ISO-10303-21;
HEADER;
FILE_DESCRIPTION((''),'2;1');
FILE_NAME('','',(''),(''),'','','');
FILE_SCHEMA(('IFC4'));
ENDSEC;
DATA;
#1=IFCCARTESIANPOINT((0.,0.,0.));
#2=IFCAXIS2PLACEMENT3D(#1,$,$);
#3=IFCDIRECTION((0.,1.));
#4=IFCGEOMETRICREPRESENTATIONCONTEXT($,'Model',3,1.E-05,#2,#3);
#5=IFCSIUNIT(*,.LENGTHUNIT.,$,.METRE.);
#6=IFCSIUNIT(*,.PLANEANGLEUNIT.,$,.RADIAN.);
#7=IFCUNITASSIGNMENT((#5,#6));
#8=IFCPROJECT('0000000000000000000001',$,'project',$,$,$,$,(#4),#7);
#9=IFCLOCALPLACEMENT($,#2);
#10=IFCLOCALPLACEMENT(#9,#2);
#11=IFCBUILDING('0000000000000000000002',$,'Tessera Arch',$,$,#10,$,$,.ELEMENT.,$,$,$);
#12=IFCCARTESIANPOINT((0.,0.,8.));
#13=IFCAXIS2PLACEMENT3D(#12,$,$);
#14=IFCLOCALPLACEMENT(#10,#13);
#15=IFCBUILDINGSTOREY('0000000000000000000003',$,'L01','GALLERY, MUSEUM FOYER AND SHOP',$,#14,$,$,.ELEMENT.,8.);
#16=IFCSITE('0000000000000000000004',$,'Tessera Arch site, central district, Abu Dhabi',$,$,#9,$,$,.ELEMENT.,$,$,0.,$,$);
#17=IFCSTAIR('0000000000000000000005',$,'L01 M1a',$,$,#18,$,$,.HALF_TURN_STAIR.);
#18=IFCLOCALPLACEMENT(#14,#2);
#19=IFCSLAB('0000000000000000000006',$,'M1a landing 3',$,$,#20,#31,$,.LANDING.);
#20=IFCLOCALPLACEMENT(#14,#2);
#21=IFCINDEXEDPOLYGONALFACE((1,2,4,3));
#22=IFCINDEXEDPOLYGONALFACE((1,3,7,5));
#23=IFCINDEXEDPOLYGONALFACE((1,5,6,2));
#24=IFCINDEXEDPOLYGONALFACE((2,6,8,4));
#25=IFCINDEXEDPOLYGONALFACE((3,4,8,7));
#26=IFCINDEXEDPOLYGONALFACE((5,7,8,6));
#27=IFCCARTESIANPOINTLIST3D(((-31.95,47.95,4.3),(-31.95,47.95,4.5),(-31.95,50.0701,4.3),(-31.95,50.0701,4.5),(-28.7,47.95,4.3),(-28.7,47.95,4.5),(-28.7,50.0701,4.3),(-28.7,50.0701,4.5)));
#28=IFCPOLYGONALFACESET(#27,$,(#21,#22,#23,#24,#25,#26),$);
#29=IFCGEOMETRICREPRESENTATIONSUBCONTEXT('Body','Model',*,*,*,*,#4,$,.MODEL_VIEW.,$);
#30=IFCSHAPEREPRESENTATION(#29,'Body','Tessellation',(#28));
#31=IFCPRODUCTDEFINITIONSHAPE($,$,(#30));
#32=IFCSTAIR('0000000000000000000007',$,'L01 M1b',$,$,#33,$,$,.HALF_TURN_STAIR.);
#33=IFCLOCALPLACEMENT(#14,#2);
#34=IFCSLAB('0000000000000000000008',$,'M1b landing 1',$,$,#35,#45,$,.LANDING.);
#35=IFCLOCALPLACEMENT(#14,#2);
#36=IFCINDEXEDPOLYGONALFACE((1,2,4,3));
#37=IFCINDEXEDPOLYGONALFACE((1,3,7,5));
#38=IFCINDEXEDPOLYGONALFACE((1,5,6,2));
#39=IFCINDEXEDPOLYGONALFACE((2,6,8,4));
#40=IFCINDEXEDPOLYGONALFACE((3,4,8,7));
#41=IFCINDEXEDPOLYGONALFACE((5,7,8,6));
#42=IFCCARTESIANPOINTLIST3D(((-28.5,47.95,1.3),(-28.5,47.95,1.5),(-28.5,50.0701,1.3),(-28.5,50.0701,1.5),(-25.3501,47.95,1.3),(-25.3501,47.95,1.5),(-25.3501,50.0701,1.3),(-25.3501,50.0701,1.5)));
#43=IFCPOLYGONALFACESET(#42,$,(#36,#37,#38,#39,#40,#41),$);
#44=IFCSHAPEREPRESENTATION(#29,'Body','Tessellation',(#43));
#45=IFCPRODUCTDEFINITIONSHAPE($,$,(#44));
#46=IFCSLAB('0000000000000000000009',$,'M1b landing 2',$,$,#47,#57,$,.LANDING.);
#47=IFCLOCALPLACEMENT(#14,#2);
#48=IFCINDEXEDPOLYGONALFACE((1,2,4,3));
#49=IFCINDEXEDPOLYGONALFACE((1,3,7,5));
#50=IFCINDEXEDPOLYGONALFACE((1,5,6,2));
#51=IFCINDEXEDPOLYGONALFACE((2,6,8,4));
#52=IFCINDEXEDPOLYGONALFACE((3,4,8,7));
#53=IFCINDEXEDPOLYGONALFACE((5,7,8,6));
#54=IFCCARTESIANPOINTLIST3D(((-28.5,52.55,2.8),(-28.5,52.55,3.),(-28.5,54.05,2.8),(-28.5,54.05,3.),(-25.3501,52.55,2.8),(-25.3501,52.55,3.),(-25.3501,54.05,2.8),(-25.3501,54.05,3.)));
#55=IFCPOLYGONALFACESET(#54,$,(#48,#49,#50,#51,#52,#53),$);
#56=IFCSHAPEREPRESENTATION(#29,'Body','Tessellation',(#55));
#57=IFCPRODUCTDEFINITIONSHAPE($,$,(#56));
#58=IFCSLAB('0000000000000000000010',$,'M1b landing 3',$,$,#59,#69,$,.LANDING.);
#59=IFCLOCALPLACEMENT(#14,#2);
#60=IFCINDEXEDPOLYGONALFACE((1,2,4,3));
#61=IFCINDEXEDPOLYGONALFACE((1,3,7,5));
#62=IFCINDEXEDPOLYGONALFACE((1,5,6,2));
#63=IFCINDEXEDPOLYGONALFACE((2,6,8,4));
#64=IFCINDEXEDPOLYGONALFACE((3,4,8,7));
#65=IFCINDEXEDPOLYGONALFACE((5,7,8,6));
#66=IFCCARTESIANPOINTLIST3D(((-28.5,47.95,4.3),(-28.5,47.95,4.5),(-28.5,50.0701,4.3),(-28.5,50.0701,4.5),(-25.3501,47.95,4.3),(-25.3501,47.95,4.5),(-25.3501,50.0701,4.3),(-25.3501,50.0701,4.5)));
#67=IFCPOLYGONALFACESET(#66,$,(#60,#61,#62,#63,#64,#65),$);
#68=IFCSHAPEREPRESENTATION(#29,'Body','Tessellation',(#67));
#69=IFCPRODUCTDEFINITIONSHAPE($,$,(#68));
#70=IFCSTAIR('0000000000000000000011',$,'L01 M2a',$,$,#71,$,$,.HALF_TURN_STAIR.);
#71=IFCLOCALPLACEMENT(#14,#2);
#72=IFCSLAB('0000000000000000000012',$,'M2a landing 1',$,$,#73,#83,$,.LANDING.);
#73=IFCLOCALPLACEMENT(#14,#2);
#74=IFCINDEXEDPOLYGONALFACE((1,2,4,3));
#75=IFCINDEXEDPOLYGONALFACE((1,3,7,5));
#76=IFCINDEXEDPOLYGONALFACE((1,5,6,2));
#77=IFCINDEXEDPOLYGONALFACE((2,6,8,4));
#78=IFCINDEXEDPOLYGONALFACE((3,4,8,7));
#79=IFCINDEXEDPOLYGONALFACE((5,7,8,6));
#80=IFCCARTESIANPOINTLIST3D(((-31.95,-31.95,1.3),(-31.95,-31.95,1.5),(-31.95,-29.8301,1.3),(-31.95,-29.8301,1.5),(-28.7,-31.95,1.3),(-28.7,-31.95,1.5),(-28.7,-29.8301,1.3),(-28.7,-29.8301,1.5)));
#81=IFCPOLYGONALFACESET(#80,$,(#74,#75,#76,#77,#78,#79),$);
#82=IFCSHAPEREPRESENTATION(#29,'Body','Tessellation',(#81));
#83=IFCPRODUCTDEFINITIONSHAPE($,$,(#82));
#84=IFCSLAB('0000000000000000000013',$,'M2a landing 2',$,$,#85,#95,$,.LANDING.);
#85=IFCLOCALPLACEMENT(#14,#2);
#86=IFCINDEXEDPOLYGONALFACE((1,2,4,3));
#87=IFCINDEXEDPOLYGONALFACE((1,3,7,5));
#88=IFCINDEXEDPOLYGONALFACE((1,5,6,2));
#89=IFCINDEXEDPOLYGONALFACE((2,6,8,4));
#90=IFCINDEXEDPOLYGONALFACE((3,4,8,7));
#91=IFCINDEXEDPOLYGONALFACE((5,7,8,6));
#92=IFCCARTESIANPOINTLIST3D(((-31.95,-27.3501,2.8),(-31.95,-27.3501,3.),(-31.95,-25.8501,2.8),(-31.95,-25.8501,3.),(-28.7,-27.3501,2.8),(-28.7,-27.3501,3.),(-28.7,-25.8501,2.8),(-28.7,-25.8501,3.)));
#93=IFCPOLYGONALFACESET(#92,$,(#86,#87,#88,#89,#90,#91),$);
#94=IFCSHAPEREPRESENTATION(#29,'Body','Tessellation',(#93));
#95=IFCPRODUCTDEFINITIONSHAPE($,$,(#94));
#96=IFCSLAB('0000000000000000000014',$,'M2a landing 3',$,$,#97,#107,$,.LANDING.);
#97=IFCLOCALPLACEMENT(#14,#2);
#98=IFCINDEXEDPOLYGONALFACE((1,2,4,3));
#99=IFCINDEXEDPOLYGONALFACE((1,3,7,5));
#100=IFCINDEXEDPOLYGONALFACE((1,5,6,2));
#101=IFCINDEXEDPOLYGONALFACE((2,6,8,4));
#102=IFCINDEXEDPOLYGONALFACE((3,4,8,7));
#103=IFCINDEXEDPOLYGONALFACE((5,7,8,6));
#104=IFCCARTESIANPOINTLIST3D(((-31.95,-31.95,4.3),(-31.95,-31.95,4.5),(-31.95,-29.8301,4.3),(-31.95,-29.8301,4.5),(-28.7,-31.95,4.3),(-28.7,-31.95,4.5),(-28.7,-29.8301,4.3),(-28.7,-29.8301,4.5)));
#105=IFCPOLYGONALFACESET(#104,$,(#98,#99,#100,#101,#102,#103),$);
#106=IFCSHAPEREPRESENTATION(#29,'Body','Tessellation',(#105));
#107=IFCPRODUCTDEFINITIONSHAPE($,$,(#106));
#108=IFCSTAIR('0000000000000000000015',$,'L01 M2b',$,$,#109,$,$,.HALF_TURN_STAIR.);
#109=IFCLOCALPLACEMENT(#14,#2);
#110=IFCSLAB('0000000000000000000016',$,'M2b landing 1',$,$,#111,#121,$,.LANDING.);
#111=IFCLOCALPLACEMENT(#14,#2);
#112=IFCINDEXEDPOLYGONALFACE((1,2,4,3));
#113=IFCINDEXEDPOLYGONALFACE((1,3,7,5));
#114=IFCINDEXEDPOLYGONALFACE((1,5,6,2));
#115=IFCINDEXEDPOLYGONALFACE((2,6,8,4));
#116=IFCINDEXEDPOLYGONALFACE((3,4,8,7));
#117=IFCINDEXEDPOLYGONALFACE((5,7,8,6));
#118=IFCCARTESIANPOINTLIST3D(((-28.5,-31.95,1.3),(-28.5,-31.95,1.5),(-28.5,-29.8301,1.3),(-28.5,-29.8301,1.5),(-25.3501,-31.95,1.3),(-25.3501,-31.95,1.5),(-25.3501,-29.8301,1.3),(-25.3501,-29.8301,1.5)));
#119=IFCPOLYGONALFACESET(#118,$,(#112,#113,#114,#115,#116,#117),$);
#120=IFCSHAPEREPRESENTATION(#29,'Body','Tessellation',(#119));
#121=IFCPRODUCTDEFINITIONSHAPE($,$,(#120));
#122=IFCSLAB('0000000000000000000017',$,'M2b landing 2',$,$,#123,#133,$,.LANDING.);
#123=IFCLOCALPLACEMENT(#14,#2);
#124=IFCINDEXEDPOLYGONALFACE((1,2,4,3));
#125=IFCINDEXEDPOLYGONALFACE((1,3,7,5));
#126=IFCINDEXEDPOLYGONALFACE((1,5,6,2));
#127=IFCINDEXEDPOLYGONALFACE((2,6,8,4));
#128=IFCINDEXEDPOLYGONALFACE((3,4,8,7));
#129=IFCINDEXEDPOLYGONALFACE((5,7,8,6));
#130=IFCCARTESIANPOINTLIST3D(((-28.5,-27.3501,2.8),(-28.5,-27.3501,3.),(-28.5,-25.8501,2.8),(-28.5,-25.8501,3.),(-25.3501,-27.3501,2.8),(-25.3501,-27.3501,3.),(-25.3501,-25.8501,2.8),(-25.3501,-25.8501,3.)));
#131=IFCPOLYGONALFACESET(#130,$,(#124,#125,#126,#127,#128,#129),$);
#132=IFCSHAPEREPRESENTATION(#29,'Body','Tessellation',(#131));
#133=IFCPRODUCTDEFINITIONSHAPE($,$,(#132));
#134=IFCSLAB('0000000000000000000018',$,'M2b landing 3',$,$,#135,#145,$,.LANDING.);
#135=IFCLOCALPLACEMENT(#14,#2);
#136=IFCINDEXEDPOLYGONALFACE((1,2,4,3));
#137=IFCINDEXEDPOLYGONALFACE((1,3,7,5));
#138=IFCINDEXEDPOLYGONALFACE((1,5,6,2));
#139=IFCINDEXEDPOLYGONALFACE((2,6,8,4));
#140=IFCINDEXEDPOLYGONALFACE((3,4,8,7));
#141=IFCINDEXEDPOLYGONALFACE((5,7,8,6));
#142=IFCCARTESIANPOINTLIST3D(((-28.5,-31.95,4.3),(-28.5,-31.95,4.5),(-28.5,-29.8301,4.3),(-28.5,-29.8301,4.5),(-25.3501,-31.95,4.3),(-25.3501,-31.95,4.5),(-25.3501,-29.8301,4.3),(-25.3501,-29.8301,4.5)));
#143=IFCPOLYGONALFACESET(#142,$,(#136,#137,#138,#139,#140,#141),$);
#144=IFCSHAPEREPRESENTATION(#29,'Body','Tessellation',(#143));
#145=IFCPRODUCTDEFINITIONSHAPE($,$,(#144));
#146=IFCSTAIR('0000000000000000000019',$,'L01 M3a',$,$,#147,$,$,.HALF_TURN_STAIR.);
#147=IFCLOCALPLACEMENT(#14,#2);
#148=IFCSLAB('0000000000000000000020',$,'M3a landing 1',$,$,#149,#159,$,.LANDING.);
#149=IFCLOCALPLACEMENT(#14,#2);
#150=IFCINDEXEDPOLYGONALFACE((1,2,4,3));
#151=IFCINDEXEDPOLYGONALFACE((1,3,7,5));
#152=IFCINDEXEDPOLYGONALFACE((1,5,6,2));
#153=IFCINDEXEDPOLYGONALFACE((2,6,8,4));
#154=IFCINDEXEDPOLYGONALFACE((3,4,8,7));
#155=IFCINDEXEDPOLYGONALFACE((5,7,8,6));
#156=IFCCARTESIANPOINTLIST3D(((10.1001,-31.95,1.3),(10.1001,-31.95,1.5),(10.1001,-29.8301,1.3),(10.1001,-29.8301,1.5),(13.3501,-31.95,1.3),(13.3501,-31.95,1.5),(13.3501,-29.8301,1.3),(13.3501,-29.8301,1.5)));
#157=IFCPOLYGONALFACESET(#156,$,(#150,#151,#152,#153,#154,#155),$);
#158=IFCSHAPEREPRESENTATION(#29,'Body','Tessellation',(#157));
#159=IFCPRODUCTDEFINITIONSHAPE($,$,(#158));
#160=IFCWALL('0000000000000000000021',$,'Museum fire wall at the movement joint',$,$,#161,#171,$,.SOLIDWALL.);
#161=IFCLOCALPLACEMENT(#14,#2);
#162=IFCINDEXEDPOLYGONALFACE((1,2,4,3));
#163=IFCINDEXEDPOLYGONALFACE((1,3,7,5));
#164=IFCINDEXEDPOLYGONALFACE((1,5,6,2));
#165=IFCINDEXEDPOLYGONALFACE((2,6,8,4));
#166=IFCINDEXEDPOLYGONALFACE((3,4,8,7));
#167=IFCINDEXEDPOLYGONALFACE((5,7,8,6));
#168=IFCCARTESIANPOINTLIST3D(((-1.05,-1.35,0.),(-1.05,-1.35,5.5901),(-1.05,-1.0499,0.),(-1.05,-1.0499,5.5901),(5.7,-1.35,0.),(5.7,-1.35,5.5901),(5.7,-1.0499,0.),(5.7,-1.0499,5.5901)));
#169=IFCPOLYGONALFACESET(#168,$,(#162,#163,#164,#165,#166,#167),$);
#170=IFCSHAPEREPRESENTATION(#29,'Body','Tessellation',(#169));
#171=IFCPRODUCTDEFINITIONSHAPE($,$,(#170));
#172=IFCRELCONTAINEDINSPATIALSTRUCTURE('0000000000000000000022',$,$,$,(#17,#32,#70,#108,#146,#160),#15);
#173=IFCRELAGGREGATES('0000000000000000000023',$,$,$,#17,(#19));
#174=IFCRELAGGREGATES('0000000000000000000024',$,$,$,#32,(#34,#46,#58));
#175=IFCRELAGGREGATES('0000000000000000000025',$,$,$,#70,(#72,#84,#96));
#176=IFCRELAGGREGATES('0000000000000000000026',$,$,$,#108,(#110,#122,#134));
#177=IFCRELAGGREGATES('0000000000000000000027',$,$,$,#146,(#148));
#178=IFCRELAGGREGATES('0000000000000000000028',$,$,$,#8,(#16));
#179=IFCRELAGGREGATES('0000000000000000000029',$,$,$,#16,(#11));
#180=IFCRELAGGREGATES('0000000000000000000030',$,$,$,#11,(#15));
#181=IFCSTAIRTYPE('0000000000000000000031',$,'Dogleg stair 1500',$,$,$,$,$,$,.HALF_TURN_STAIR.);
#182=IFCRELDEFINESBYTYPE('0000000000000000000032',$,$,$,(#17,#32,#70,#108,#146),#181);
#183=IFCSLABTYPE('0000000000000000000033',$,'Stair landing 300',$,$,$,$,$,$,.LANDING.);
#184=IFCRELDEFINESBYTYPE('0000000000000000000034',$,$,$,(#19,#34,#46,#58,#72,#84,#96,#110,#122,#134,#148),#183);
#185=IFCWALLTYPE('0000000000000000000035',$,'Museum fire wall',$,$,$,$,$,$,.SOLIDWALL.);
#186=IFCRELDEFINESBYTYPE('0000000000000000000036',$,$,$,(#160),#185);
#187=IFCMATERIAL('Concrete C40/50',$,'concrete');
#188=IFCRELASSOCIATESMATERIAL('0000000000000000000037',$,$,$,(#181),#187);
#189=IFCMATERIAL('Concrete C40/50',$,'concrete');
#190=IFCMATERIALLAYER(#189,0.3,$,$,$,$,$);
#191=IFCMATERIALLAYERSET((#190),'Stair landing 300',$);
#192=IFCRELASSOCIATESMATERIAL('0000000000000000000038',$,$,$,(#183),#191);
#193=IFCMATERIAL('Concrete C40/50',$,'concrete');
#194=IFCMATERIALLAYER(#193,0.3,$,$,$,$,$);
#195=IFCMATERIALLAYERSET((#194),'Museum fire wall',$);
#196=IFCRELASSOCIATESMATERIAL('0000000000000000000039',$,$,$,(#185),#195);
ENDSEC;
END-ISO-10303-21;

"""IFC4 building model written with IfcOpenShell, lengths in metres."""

from ifc_helpers import new_model, si_unit, direction, frame, frame_2d, origin, place, context, subcontext, project, spatial, polyline, rectangle, outline, extrude, material, layer, layer_set, type_object, element, aggregate, save


model = new_model("IFC4")

# Units and contexts
model_context = context("Model", 3, precision=1e-05, world=origin(), true_north=direction((0.0, 1.0)))
body_context = subcontext(model_context, "Body", "Model", "MODEL_VIEW")
ifc_project = project(units=[si_unit("LENGTHUNIT", "METRE"), si_unit("PLANEANGLEUNIT", "RADIAN")], contexts=[model_context])

# Site, building, storey
site_placement = place(None, origin())
site = spatial("IfcSite", under=ifc_project, at=site_placement, Name="Tessera Arch site, central district, Abu Dhabi", CompositionType="ELEMENT", RefElevation=0.0)
building_placement = place(site_placement, origin())
building = spatial("IfcBuilding", under=site, at=building_placement, Name="Tessera Arch", CompositionType="ELEMENT")
storey_placement = place(building_placement, frame((0.0, 0.0, 8.0)))
storey = spatial("IfcBuildingStorey", under=building, at=storey_placement, Name="L01", Description="GALLERY, MUSEUM FOYER AND SHOP", CompositionType="ELEMENT", Elevation=8.0)

# Stairs, slabs
ifc_material_1 = material(Name="Concrete C40/50", Category="concrete")
stair_type = type_object("IfcStairType", Name="Dogleg stair 1500", PredefinedType="HALF_TURN_STAIR", material=ifc_material_1)
stair_1_placement = place(storey_placement, origin())
stair_1 = element("IfcStair", 1, at=stair_1_placement, inside=storey, type_object=stair_type, Name="L01 M1a", PredefinedType="HALF_TURN_STAIR")
ifc_material_2 = material(Name="Concrete C40/50", Category="concrete")
ifc_layer_1 = layer(ifc_material_2, 0.3)
ifc_layer_set_1 = layer_set([ifc_layer_1], Name="Stair landing 300")
slab_type = type_object("IfcSlabType", Name="Stair landing 300", PredefinedType="LANDING", material=ifc_layer_set_1)
slab_1_placement = place(storey_placement, frame((0.0, 0.0, 4.3)))
slab_1 = element("IfcSlab", 2, at=slab_1_placement, type_object=slab_type, Name="M1a landing 3", PredefinedType="LANDING", context=body_context, shape_type="SweptSolid", body=[
    extrude(outline(polyline([(-31.95, 50.0701), (-31.95, 47.95), (-28.7, 47.95), (-28.7, 50.0701), (-31.95, 50.0701)])), origin(), (0.0, 0.0, 1.0), 0.2),
])
aggregate(stair_1, [slab_1])
stair_2_placement = place(storey_placement, origin())
stair_2 = element("IfcStair", 3, at=stair_2_placement, inside=storey, type_object=stair_type, Name="L01 M1b", PredefinedType="HALF_TURN_STAIR")
slab_2_placement = place(storey_placement, frame((0.0, 0.0, 1.3)))
slab_2 = element("IfcSlab", 4, at=slab_2_placement, type_object=slab_type, Name="M1b landing 1", PredefinedType="LANDING", context=body_context, shape_type="SweptSolid", body=[
    extrude(outline(polyline([(-28.5, 50.0701), (-28.5, 47.95), (-25.3501, 47.95), (-25.3501, 50.0701), (-28.5, 50.0701)])), origin(), (0.0, 0.0, 1.0), 0.2),
])
slab_3_placement = place(storey_placement, frame((0.0, 0.0, 2.8)))
slab_3 = element("IfcSlab", 5, at=slab_3_placement, type_object=slab_type, Name="M1b landing 2", PredefinedType="LANDING", context=body_context, shape_type="SweptSolid", body=[
    extrude(outline(polyline([(-28.5, 54.05), (-28.5, 52.55), (-25.3501, 52.55), (-25.3501, 54.05), (-28.5, 54.05)])), origin(), (0.0, 0.0, 1.0), 0.2),
])
slab_4_placement = place(storey_placement, frame((0.0, 0.0, 4.3)))
slab_4 = element("IfcSlab", 6, at=slab_4_placement, type_object=slab_type, Name="M1b landing 3", PredefinedType="LANDING", context=body_context, shape_type="SweptSolid", body=[
    extrude(outline(polyline([(-28.5, 50.0701), (-28.5, 47.95), (-25.3501, 47.95), (-25.3501, 50.0701), (-28.5, 50.0701)])), origin(), (0.0, 0.0, 1.0), 0.2),
])
aggregate(stair_2, [slab_2, slab_3, slab_4])
stair_3_placement = place(storey_placement, origin())
stair_3 = element("IfcStair", 7, at=stair_3_placement, inside=storey, type_object=stair_type, Name="L01 M2a", PredefinedType="HALF_TURN_STAIR")
slab_5_placement = place(storey_placement, frame((0.0, 0.0, 1.3)))
slab_5 = element("IfcSlab", 8, at=slab_5_placement, type_object=slab_type, Name="M2a landing 1", PredefinedType="LANDING", context=body_context, shape_type="SweptSolid", body=[
    extrude(outline(polyline([(-31.95, -29.8301), (-31.95, -31.95), (-28.7, -31.95), (-28.7, -29.8301), (-31.95, -29.8301)])), origin(), (0.0, 0.0, 1.0), 0.2),
])
slab_6_placement = place(storey_placement, frame((0.0, 0.0, 2.8)))
slab_6 = element("IfcSlab", 9, at=slab_6_placement, type_object=slab_type, Name="M2a landing 2", PredefinedType="LANDING", context=body_context, shape_type="SweptSolid", body=[
    extrude(outline(polyline([(-31.95, -25.8501), (-31.95, -27.3501), (-28.7, -27.3501), (-28.7, -25.8501), (-31.95, -25.8501)])), origin(), (0.0, 0.0, 1.0), 0.2),
])
slab_7_placement = place(storey_placement, frame((0.0, 0.0, 4.3)))
slab_7 = element("IfcSlab", 10, at=slab_7_placement, type_object=slab_type, Name="M2a landing 3", PredefinedType="LANDING", context=body_context, shape_type="SweptSolid", body=[
    extrude(outline(polyline([(-31.95, -29.8301), (-31.95, -31.95), (-28.7, -31.95), (-28.7, -29.8301), (-31.95, -29.8301)])), origin(), (0.0, 0.0, 1.0), 0.2),
])
aggregate(stair_3, [slab_5, slab_6, slab_7])
stair_4_placement = place(storey_placement, origin())
stair_4 = element("IfcStair", 11, at=stair_4_placement, inside=storey, type_object=stair_type, Name="L01 M2b", PredefinedType="HALF_TURN_STAIR")
slab_8_placement = place(storey_placement, frame((0.0, 0.0, 1.3)))
slab_8 = element("IfcSlab", 12, at=slab_8_placement, type_object=slab_type, Name="M2b landing 1", PredefinedType="LANDING", context=body_context, shape_type="SweptSolid", body=[
    extrude(outline(polyline([(-28.5, -29.8301), (-28.5, -31.95), (-25.3501, -31.95), (-25.3501, -29.8301), (-28.5, -29.8301)])), origin(), (0.0, 0.0, 1.0), 0.2),
])
slab_9_placement = place(storey_placement, frame((0.0, 0.0, 2.8)))
slab_9 = element("IfcSlab", 13, at=slab_9_placement, type_object=slab_type, Name="M2b landing 2", PredefinedType="LANDING", context=body_context, shape_type="SweptSolid", body=[
    extrude(outline(polyline([(-28.5, -25.8501), (-28.5, -27.3501), (-25.3501, -27.3501), (-25.3501, -25.8501), (-28.5, -25.8501)])), origin(), (0.0, 0.0, 1.0), 0.2),
])
slab_10_placement = place(storey_placement, frame((0.0, 0.0, 4.3)))
slab_10 = element("IfcSlab", 14, at=slab_10_placement, type_object=slab_type, Name="M2b landing 3", PredefinedType="LANDING", context=body_context, shape_type="SweptSolid", body=[
    extrude(outline(polyline([(-28.5, -29.8301), (-28.5, -31.95), (-25.3501, -31.95), (-25.3501, -29.8301), (-28.5, -29.8301)])), origin(), (0.0, 0.0, 1.0), 0.2),
])
aggregate(stair_4, [slab_8, slab_9, slab_10])

# Stair, slab
stair_5_placement = place(storey_placement, origin())
stair_5 = element("IfcStair", 15, at=stair_5_placement, inside=storey, type_object=stair_type, Name="L01 M3a", PredefinedType="HALF_TURN_STAIR")
slab_11_placement = place(storey_placement, frame((0.0, 0.0, 1.3)))
slab_11 = element("IfcSlab", 16, at=slab_11_placement, type_object=slab_type, Name="M3a landing 1", PredefinedType="LANDING", context=body_context, shape_type="SweptSolid", body=[
    extrude(outline(polyline([(10.1001, -29.8301), (10.1001, -31.95), (13.3501, -31.95), (13.3501, -29.8301), (10.1001, -29.8301)])), origin(), (0.0, 0.0, 1.0), 0.2),
])
aggregate(stair_5, [slab_11])

# Wall
ifc_material_3 = material(Name="Concrete C40/50", Category="concrete")
ifc_layer_2 = layer(ifc_material_3, 0.3)
ifc_layer_set_2 = layer_set([ifc_layer_2], Name="Museum fire wall")
wall_type = type_object("IfcWallType", Name="Museum fire wall", PredefinedType="SOLIDWALL", material=ifc_layer_set_2)
wall_placement = place(storey_placement, frame((5.7, -1.2, 0.0), z_axis=(0.0, 0.0, 1.0), x_axis=(-1.0, 0.0, 0.0)))
element("IfcWall", 17, at=wall_placement, inside=storey, type_object=wall_type, Name="Museum fire wall at the movement joint", PredefinedType="SOLIDWALL", context=body_context, shape_type="SweptSolid", body=[
    extrude(rectangle(XDim=6.75, YDim=0.3, at=frame_2d((3.375, 0.0))), origin(), (0.0, 0.0, 1.0), 5.5901),
])

save(model, "model.ifc")
